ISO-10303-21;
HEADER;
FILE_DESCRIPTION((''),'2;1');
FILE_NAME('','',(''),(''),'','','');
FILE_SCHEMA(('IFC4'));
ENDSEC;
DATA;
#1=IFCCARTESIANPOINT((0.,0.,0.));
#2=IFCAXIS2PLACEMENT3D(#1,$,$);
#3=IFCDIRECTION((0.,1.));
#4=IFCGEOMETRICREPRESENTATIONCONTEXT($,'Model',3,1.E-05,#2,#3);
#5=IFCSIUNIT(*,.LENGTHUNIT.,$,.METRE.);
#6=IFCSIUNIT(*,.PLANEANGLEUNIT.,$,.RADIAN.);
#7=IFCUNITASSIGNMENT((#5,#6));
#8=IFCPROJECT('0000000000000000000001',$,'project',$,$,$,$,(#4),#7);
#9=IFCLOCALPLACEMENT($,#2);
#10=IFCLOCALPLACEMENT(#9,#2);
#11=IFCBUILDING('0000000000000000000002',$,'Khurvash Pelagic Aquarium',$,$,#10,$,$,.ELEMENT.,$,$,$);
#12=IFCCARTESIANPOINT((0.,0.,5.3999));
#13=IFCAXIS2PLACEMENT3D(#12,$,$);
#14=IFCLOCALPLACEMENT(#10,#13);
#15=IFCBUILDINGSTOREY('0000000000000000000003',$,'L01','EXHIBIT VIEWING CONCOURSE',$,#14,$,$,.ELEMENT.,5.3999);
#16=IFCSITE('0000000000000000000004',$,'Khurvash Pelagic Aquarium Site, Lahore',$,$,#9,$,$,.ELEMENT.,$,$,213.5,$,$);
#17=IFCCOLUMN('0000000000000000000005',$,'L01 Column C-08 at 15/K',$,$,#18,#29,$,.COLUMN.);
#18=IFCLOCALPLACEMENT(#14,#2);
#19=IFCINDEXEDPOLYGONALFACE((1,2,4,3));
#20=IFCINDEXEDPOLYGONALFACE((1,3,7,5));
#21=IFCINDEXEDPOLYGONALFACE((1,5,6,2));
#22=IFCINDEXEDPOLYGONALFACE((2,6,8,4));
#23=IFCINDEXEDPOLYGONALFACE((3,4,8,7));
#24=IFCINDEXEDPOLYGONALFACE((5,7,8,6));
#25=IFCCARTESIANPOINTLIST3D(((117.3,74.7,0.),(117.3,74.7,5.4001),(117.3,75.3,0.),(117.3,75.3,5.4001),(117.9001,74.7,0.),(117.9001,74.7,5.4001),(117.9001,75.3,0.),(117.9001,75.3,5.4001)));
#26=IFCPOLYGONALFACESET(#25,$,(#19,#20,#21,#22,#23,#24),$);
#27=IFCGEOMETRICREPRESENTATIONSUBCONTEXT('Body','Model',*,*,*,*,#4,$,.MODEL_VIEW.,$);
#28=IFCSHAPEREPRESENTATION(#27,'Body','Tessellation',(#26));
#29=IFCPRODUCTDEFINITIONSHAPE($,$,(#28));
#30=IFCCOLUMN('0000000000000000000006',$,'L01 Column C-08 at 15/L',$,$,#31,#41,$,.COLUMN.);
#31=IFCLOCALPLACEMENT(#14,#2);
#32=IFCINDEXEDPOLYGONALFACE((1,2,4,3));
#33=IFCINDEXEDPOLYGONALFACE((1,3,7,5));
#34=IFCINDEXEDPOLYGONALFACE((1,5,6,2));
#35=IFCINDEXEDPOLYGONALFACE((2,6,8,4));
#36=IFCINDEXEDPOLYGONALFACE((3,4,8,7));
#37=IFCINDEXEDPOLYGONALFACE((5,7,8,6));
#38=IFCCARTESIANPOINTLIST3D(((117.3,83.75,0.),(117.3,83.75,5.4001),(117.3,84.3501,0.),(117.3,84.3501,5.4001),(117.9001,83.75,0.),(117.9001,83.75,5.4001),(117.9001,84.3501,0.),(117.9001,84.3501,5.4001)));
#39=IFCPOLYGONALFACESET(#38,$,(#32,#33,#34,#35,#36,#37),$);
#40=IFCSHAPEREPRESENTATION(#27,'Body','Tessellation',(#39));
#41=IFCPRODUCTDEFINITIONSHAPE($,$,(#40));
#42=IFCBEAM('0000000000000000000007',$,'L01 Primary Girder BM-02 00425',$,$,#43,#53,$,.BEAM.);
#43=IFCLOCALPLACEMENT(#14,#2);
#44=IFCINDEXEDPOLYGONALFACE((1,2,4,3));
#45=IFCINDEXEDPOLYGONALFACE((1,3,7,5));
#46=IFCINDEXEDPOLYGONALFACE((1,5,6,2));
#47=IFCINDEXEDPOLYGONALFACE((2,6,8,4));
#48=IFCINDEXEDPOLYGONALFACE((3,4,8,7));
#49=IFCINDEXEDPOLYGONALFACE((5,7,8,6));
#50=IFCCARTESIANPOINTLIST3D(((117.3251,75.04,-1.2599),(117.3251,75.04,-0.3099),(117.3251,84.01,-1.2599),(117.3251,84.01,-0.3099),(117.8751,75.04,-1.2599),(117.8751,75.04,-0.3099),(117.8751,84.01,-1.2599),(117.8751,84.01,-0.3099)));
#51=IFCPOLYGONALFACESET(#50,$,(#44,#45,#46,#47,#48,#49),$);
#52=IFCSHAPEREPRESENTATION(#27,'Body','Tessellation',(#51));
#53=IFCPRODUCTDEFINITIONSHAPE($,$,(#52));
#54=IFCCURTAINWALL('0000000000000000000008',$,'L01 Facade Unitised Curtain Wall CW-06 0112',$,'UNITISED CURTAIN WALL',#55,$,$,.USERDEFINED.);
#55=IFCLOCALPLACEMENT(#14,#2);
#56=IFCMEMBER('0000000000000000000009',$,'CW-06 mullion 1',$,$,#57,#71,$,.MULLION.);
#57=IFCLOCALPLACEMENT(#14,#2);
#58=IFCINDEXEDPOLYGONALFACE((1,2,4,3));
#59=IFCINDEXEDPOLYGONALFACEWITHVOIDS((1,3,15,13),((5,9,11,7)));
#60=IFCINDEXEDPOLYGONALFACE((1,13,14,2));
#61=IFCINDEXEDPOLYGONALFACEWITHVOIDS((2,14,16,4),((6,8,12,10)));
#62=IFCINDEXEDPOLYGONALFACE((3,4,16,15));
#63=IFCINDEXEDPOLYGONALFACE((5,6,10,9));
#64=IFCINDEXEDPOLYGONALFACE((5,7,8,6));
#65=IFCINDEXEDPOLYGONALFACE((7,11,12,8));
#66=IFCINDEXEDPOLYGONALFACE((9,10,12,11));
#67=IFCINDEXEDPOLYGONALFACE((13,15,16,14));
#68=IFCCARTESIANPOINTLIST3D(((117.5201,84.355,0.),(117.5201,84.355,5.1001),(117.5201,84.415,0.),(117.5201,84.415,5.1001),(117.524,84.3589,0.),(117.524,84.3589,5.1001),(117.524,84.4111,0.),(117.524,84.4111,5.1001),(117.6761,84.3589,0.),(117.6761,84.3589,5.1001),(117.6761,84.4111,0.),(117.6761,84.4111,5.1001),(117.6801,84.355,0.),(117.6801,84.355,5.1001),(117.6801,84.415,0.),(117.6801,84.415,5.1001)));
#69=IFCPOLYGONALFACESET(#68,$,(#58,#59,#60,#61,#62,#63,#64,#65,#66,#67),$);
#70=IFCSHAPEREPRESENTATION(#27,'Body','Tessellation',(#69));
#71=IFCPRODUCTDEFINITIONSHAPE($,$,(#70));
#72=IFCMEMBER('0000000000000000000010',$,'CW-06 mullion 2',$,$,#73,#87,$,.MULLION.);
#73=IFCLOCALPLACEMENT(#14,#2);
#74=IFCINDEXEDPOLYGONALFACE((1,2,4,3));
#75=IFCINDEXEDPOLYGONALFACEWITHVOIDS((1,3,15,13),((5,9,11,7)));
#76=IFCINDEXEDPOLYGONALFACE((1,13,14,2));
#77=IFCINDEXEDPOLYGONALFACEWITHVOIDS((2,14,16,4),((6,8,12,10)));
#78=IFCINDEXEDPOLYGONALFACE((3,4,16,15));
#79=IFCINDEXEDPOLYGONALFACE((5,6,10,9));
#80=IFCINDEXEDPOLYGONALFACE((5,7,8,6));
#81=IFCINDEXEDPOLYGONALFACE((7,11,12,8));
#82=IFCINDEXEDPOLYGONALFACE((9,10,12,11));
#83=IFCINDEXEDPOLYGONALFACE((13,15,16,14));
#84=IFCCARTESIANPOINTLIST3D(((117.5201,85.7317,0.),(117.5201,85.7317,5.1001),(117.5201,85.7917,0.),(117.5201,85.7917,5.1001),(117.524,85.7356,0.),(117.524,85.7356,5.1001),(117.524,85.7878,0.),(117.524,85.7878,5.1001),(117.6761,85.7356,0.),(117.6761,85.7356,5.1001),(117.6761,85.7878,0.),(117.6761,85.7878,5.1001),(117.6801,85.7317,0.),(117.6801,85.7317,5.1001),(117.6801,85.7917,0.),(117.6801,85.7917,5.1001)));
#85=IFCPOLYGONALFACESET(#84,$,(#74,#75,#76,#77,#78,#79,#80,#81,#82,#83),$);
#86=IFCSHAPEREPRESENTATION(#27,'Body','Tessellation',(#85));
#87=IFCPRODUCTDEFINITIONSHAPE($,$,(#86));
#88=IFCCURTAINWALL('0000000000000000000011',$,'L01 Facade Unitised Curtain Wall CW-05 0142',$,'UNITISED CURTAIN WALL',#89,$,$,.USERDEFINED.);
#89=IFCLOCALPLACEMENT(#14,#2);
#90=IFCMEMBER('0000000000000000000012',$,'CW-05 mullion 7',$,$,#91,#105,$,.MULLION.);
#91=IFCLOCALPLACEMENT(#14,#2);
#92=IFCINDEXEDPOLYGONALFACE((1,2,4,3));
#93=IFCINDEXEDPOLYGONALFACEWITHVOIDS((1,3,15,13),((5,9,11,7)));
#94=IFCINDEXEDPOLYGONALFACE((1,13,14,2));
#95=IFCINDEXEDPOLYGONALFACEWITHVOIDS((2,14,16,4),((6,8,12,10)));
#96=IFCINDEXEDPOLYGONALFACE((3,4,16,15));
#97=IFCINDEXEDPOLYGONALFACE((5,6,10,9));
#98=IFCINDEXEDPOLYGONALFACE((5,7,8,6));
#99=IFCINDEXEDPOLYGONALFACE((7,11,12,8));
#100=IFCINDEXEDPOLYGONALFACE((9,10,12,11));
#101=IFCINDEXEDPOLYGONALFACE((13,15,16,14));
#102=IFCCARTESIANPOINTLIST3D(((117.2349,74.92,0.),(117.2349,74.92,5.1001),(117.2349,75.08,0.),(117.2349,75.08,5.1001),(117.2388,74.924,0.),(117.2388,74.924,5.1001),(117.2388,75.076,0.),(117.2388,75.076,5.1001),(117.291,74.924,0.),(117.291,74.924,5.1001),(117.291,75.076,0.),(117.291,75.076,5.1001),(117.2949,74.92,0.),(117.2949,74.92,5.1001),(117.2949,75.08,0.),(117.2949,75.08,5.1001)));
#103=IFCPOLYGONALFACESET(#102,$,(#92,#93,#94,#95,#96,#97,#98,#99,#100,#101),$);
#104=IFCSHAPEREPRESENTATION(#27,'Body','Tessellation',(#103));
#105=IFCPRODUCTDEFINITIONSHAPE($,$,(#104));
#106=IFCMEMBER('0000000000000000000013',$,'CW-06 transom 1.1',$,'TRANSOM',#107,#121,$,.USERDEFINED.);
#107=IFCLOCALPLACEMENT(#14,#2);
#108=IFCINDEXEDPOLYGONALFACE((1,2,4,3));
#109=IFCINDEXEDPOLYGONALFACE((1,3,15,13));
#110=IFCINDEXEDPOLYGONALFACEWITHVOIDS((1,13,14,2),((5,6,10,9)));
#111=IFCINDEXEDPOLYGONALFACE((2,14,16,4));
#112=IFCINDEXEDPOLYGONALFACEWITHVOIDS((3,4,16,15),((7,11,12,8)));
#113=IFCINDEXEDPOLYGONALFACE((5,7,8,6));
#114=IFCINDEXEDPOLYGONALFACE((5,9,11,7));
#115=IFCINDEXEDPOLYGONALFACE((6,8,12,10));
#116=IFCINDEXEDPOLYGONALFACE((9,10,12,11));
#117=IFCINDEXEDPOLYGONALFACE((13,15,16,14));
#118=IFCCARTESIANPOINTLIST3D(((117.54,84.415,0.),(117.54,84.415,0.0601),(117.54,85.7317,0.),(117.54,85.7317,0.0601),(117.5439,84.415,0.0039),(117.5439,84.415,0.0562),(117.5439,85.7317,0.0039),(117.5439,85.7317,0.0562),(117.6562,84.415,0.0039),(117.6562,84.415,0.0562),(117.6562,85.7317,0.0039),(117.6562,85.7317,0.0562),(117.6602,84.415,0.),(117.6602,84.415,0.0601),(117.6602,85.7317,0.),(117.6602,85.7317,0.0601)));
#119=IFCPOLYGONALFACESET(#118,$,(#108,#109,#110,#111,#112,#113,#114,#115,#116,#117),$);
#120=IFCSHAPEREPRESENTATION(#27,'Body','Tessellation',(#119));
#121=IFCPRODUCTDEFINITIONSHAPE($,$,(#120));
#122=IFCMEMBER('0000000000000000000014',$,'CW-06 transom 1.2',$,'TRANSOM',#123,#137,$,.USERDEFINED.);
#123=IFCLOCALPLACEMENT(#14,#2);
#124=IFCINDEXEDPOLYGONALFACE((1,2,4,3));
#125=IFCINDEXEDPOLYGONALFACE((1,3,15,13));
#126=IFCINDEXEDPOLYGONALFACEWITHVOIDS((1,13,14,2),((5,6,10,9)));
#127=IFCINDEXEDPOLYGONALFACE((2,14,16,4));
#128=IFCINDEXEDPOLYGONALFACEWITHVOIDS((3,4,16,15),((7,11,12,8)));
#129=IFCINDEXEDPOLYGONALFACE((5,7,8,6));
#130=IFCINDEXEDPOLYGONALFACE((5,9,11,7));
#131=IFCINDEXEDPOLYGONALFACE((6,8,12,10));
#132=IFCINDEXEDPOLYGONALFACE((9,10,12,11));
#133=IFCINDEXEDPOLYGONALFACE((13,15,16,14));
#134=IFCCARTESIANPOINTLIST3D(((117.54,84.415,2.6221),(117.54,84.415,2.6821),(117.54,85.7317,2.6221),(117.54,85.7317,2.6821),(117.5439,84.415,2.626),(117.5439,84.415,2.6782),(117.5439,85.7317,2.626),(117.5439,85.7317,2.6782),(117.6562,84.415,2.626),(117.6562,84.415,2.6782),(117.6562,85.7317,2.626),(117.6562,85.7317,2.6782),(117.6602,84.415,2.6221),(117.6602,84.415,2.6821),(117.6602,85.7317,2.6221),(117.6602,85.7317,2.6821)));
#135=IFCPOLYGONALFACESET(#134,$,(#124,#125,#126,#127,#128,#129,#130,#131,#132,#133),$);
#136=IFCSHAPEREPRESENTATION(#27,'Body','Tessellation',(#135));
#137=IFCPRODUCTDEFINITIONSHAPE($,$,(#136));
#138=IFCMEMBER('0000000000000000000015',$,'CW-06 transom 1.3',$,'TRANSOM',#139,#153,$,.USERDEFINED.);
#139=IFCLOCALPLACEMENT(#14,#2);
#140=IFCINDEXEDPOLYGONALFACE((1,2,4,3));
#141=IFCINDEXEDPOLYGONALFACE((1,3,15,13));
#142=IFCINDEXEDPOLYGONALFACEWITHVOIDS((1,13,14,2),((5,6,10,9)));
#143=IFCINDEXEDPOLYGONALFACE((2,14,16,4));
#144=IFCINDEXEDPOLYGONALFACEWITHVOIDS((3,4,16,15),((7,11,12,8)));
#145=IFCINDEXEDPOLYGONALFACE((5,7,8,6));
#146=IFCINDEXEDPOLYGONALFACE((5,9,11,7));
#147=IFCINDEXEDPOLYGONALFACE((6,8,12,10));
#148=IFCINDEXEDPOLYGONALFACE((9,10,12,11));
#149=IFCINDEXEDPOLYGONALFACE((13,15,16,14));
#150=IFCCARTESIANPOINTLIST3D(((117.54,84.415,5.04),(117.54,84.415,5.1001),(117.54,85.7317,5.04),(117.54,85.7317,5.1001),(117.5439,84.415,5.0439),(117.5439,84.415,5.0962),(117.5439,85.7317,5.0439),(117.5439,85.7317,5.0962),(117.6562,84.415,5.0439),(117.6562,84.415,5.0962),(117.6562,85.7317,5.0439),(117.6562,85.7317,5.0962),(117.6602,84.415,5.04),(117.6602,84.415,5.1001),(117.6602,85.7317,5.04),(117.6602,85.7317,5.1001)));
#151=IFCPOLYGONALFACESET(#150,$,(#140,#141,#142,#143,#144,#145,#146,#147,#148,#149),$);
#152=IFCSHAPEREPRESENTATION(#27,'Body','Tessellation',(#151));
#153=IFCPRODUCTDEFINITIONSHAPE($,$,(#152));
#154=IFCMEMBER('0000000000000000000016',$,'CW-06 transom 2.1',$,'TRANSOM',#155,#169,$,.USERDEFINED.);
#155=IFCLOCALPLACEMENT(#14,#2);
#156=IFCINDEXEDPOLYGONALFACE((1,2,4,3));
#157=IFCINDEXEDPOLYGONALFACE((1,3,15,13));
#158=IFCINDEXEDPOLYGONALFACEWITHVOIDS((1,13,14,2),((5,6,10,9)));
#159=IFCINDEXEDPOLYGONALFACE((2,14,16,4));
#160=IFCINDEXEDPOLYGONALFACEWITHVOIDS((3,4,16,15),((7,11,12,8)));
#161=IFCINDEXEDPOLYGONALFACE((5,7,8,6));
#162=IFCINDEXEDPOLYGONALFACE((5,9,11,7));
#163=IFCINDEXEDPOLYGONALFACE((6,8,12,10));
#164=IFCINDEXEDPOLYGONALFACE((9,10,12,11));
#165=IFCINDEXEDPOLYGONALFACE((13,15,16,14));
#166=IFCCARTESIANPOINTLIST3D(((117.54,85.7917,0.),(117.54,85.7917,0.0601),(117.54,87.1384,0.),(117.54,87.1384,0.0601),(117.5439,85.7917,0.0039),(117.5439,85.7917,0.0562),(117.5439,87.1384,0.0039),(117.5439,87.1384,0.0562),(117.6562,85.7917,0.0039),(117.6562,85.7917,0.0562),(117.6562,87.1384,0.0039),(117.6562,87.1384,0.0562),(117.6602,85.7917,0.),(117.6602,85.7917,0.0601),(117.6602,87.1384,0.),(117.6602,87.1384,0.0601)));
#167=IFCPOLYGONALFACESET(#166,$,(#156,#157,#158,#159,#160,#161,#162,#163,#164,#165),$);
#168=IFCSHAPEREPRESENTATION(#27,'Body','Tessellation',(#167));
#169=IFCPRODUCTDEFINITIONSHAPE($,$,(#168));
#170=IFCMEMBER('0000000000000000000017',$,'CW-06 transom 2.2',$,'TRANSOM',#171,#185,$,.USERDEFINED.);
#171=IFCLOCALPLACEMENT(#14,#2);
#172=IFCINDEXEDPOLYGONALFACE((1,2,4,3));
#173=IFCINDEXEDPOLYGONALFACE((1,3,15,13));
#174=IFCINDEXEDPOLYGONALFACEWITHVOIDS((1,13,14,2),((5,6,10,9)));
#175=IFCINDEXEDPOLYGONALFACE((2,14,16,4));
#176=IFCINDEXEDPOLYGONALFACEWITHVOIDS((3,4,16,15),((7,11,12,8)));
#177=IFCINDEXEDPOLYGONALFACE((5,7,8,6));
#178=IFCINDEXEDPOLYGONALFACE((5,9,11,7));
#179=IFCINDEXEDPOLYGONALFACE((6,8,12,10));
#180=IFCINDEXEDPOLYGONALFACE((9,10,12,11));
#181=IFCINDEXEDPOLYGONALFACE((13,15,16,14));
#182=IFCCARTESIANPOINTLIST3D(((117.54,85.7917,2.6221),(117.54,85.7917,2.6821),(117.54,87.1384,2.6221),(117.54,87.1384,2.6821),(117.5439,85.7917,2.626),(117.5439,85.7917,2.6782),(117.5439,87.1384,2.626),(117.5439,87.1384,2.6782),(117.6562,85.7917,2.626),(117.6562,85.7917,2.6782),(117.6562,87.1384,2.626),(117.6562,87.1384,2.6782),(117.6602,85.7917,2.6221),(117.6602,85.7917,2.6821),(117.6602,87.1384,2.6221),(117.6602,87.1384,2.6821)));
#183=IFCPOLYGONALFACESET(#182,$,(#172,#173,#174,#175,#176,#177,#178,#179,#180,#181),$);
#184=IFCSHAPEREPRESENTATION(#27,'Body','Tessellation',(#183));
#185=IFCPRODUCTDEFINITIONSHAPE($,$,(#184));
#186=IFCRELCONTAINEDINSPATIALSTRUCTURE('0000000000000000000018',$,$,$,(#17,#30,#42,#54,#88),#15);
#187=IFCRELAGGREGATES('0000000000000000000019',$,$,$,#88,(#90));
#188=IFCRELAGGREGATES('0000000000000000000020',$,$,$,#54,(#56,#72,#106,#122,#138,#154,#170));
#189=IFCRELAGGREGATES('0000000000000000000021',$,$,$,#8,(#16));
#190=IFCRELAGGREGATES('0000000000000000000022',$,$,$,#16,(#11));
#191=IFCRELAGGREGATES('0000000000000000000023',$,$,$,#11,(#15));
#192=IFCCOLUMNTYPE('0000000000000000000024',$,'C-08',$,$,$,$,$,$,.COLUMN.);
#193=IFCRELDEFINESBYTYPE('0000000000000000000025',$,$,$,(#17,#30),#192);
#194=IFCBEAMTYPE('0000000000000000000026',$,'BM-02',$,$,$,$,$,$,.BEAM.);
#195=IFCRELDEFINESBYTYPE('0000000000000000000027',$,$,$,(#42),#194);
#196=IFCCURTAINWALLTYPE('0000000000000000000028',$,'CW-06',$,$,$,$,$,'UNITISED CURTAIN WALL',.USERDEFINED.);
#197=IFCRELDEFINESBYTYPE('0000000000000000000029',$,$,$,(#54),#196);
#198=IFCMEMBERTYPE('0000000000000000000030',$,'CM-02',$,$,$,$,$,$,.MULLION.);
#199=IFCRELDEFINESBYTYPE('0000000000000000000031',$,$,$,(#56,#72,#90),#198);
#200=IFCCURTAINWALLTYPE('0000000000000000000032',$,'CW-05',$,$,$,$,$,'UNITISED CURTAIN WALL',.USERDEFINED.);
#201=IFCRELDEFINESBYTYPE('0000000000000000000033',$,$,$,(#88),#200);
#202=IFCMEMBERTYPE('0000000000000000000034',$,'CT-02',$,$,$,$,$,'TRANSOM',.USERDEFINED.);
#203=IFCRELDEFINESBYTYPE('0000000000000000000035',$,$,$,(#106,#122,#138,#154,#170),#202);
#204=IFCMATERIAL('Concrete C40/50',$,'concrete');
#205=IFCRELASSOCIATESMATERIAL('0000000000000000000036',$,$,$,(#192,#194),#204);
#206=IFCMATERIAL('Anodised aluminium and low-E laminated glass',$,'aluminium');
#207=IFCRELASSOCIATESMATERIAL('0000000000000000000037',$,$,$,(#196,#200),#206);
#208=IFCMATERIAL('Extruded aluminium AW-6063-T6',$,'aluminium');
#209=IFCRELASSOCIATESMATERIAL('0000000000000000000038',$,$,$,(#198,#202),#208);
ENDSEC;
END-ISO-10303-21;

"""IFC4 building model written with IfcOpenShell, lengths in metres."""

from ifc_helpers import new_model, si_unit, direction, frame, origin, origin_2d, place, context, subcontext, project, spatial, rectangle, hollow_rectangle, extrude, material, material_profile, profile_set, type_object, element, aggregate, save


model = new_model("IFC4")

# Units and contexts
model_context = context("Model", 3, precision=1e-05, world=origin(), true_north=direction((0.0, 1.0)))
body_context = subcontext(model_context, "Body", "Model", "MODEL_VIEW")
ifc_project = project(units=[si_unit("LENGTHUNIT", "METRE"), si_unit("PLANEANGLEUNIT", "RADIAN")], contexts=[model_context])

# Site, building, storey
site_placement = place(None, origin())
site = spatial("IfcSite", under=ifc_project, at=site_placement, Name="Khurvash Pelagic Aquarium Site, Lahore", CompositionType="ELEMENT", RefElevation=213.5)
building_placement = place(site_placement, origin())
building = spatial("IfcBuilding", under=site, at=building_placement, Name="Khurvash Pelagic Aquarium", CompositionType="ELEMENT")
storey_placement = place(building_placement, frame((0.0, 0.0, 5.3999)))
storey = spatial("IfcBuildingStorey", under=building, at=storey_placement, Name="L01", Description="EXHIBIT VIEWING CONCOURSE", CompositionType="ELEMENT", Elevation=5.3999)

# Columns
ifc_material_1 = material(Name="Concrete C40/50", Category="concrete")
ifc_material_profile_1 = material_profile(ifc_material_1, rectangle(XDim=0.6001, YDim=0.6001, at=origin_2d()), Name="RC600X600")
ifc_profile_set_1 = profile_set([ifc_material_profile_1], Name="Concrete C40/50")
column_type = type_object("IfcColumnType", Name="C-08", PredefinedType="COLUMN", material=ifc_profile_set_1)
for number, where, z_axis, x_axis, name in (
    (1, (117.6001, 75.0, 0.0), (0.0, 0.0, 1.0), (1.0, 0.0, 0.0), "L01 Column C-08 at 15/K"),
    (2, (117.6001, 84.05, 0.0), (0.0, 0.0, 1.0), (1.0, 0.0, 0.0), "L01 Column C-08 at 15/L"),
):
    element("IfcColumn", number, at=place(storey_placement, frame(where, z_axis=z_axis, x_axis=x_axis)), inside=storey, type_object=column_type, Name=name, PredefinedType="COLUMN", context=body_context, shape_type="SweptSolid", body=[
        extrude(rectangle(XDim=0.6001, YDim=0.6001, at=origin_2d()), origin(), (0.0, 0.0, 1.0), 5.4001),
    ])

# Beam
ifc_material_profile_2 = material_profile(ifc_material_1, rectangle(XDim=0.55, YDim=0.95, at=origin_2d()), Name="RC550X950")
ifc_profile_set_2 = profile_set([ifc_material_profile_2], Name="Concrete C40/50")
beam_type_1 = type_object("IfcBeamType", Name="BM-02", PredefinedType="BEAM", material=ifc_profile_set_2)
beam_1_placement = place(storey_placement, frame((117.6001, 75.04, -0.7849), z_axis=(0.0, 1.0, 0.0), x_axis=(-1.0, 0.0, 0.0)))
element("IfcBeam", 3, at=beam_1_placement, inside=storey, type_object=beam_type_1, Name="L01 Primary Girder BM-02 00425", PredefinedType="BEAM", context=body_context, shape_type="SweptSolid", body=[
    extrude(rectangle(XDim=0.55, YDim=0.95, at=origin_2d()), origin(), (0.0, 0.0, 1.0), 8.97),
])

# Curtain wall, members
ifc_material_2 = material(Name="Anodised aluminium and low-E laminated glass", Category="aluminium")
curtain_wall_type_1 = type_object("IfcCurtainWallType", Name="CW-06", ElementType="UNITISED CURTAIN WALL", PredefinedType="USERDEFINED", material=ifc_material_2)
curtain_wall_1_placement = place(storey_placement, origin())
curtain_wall_1 = element("IfcCurtainWall", 4, at=curtain_wall_1_placement, inside=storey, type_object=curtain_wall_type_1, Name="L01 Facade Unitised Curtain Wall CW-06 0112", ObjectType="UNITISED CURTAIN WALL", PredefinedType="USERDEFINED")
ifc_material_3 = material(Name="Extruded aluminium AW-6063-T6", Category="aluminium")
ifc_material_profile_3 = material_profile(ifc_material_3, hollow_rectangle(XDim=0.0601, YDim=0.1599, WallThickness=0.0039, at=origin_2d()), Name="CWM60X160X4")
ifc_profile_set_3 = profile_set([ifc_material_profile_3], Name="Extruded aluminium AW-6063-T6")
member_type_1 = type_object("IfcMemberType", Name="CM-02", PredefinedType="MULLION", material=ifc_profile_set_3)
member_1_placement = place(storey_placement, frame((117.6001, 84.385, 0.0), z_axis=(0.0, 0.0, 1.0), x_axis=(0.0, 1.0, 0.0)))
member_1 = element("IfcMember", 5, at=member_1_placement, type_object=member_type_1, Name="CW-06 mullion 1", PredefinedType="MULLION", context=body_context, shape_type="SweptSolid", body=[
    extrude(hollow_rectangle(XDim=0.0601, YDim=0.1599, WallThickness=0.0039, at=origin_2d()), origin(), (0.0, 0.0, 1.0), 5.1001),
])
member_2_placement = place(storey_placement, frame((117.6001, 85.7617, 0.0), z_axis=(0.0, 0.0, 1.0), x_axis=(0.0, 1.0, 0.0)))
member_2 = element("IfcMember", 6, at=member_2_placement, type_object=member_type_1, Name="CW-06 mullion 2", PredefinedType="MULLION", context=body_context, shape_type="SweptSolid", body=[
    extrude(hollow_rectangle(XDim=0.0601, YDim=0.1599, WallThickness=0.0039, at=origin_2d()), origin(), (0.0, 0.0, 1.0), 5.1001),
])

# Curtain wall, member
curtain_wall_type_2 = type_object("IfcCurtainWallType", Name="CW-05", ElementType="UNITISED CURTAIN WALL", PredefinedType="USERDEFINED", material=ifc_material_2)
curtain_wall_2_placement = place(storey_placement, origin())
curtain_wall_2 = element("IfcCurtainWall", 7, at=curtain_wall_2_placement, inside=storey, type_object=curtain_wall_type_2, Name="L01 Facade Unitised Curtain Wall CW-05 0142", ObjectType="UNITISED CURTAIN WALL", PredefinedType="USERDEFINED")
member_3_placement = place(storey_placement, frame((117.2649, 75.0, 0.0), z_axis=(0.0, 0.0, 1.0), x_axis=(1.0, 0.0, 0.0)))
member_3 = element("IfcMember", 8, at=member_3_placement, type_object=member_type_1, Name="CW-05 mullion 7", PredefinedType="MULLION", context=body_context, shape_type="SweptSolid", body=[
    extrude(hollow_rectangle(XDim=0.0601, YDim=0.1599, WallThickness=0.0039, at=origin_2d()), origin(), (0.0, 0.0, 1.0), 5.1001),
])

# Members
ifc_material_profile_4 = material_profile(ifc_material_3, hollow_rectangle(XDim=0.1201, YDim=0.0601, WallThickness=0.0039, at=origin_2d()), Name="CWT120X60X4")
ifc_profile_set_4 = profile_set([ifc_material_profile_4], Name="Extruded aluminium AW-6063-T6")
member_type_2 = type_object("IfcMemberType", Name="CT-02", ElementType="TRANSOM", PredefinedType="USERDEFINED", material=ifc_profile_set_4)
member_4_placement = place(storey_placement, frame((117.6001, 84.415, 0.03), z_axis=(0.0, 1.0, 0.0), x_axis=(-1.0, 0.0, 0.0)))
member_4 = element("IfcMember", 9, at=member_4_placement, type_object=member_type_2, Name="CW-06 transom 1.1", ObjectType="TRANSOM", PredefinedType="USERDEFINED", context=body_context, shape_type="SweptSolid", body=[
    extrude(hollow_rectangle(XDim=0.1201, YDim=0.0601, WallThickness=0.0039, at=origin_2d()), origin(), (0.0, 0.0, 1.0), 1.3167),
])
member_5_placement = place(storey_placement, frame((117.6001, 84.415, 2.6521), z_axis=(0.0, 1.0, 0.0), x_axis=(-1.0, 0.0, 0.0)))
member_5 = element("IfcMember", 10, at=member_5_placement, type_object=member_type_2, Name="CW-06 transom 1.2", ObjectType="TRANSOM", PredefinedType="USERDEFINED", context=body_context, shape_type="SweptSolid", body=[
    extrude(hollow_rectangle(XDim=0.1201, YDim=0.0601, WallThickness=0.0039, at=origin_2d()), origin(), (0.0, 0.0, 1.0), 1.3167),
])
member_6_placement = place(storey_placement, frame((117.6001, 84.415, 5.0701), z_axis=(0.0, 1.0, 0.0), x_axis=(-1.0, 0.0, 0.0)))
member_6 = element("IfcMember", 11, at=member_6_placement, type_object=member_type_2, Name="CW-06 transom 1.3", ObjectType="TRANSOM", PredefinedType="USERDEFINED", context=body_context, shape_type="SweptSolid", body=[
    extrude(hollow_rectangle(XDim=0.1201, YDim=0.0601, WallThickness=0.0039, at=origin_2d()), origin(), (0.0, 0.0, 1.0), 1.3167),
])
member_7_placement = place(storey_placement, frame((117.6001, 85.7917, 0.03), z_axis=(0.0, 1.0, 0.0), x_axis=(-1.0, 0.0, 0.0)))
member_7 = element("IfcMember", 12, at=member_7_placement, type_object=member_type_2, Name="CW-06 transom 2.1", ObjectType="TRANSOM", PredefinedType="USERDEFINED", context=body_context, shape_type="SweptSolid", body=[
    extrude(hollow_rectangle(XDim=0.1201, YDim=0.0601, WallThickness=0.0039, at=origin_2d()), origin(), (0.0, 0.0, 1.0), 1.3467),
])
member_8_placement = place(storey_placement, frame((117.6001, 85.7917, 2.6521), z_axis=(0.0, 1.0, 0.0), x_axis=(-1.0, 0.0, 0.0)))
member_8 = element("IfcMember", 13, at=member_8_placement, type_object=member_type_2, Name="CW-06 transom 2.2", ObjectType="TRANSOM", PredefinedType="USERDEFINED", context=body_context, shape_type="SweptSolid", body=[
    extrude(hollow_rectangle(XDim=0.1201, YDim=0.0601, WallThickness=0.0039, at=origin_2d()), origin(), (0.0, 0.0, 1.0), 1.3467),
])

aggregate(curtain_wall_2, [member_3])
aggregate(curtain_wall_1, [member_1, member_2, member_4, member_5, member_6, member_7, member_8])

save(model, "model.ifc")
